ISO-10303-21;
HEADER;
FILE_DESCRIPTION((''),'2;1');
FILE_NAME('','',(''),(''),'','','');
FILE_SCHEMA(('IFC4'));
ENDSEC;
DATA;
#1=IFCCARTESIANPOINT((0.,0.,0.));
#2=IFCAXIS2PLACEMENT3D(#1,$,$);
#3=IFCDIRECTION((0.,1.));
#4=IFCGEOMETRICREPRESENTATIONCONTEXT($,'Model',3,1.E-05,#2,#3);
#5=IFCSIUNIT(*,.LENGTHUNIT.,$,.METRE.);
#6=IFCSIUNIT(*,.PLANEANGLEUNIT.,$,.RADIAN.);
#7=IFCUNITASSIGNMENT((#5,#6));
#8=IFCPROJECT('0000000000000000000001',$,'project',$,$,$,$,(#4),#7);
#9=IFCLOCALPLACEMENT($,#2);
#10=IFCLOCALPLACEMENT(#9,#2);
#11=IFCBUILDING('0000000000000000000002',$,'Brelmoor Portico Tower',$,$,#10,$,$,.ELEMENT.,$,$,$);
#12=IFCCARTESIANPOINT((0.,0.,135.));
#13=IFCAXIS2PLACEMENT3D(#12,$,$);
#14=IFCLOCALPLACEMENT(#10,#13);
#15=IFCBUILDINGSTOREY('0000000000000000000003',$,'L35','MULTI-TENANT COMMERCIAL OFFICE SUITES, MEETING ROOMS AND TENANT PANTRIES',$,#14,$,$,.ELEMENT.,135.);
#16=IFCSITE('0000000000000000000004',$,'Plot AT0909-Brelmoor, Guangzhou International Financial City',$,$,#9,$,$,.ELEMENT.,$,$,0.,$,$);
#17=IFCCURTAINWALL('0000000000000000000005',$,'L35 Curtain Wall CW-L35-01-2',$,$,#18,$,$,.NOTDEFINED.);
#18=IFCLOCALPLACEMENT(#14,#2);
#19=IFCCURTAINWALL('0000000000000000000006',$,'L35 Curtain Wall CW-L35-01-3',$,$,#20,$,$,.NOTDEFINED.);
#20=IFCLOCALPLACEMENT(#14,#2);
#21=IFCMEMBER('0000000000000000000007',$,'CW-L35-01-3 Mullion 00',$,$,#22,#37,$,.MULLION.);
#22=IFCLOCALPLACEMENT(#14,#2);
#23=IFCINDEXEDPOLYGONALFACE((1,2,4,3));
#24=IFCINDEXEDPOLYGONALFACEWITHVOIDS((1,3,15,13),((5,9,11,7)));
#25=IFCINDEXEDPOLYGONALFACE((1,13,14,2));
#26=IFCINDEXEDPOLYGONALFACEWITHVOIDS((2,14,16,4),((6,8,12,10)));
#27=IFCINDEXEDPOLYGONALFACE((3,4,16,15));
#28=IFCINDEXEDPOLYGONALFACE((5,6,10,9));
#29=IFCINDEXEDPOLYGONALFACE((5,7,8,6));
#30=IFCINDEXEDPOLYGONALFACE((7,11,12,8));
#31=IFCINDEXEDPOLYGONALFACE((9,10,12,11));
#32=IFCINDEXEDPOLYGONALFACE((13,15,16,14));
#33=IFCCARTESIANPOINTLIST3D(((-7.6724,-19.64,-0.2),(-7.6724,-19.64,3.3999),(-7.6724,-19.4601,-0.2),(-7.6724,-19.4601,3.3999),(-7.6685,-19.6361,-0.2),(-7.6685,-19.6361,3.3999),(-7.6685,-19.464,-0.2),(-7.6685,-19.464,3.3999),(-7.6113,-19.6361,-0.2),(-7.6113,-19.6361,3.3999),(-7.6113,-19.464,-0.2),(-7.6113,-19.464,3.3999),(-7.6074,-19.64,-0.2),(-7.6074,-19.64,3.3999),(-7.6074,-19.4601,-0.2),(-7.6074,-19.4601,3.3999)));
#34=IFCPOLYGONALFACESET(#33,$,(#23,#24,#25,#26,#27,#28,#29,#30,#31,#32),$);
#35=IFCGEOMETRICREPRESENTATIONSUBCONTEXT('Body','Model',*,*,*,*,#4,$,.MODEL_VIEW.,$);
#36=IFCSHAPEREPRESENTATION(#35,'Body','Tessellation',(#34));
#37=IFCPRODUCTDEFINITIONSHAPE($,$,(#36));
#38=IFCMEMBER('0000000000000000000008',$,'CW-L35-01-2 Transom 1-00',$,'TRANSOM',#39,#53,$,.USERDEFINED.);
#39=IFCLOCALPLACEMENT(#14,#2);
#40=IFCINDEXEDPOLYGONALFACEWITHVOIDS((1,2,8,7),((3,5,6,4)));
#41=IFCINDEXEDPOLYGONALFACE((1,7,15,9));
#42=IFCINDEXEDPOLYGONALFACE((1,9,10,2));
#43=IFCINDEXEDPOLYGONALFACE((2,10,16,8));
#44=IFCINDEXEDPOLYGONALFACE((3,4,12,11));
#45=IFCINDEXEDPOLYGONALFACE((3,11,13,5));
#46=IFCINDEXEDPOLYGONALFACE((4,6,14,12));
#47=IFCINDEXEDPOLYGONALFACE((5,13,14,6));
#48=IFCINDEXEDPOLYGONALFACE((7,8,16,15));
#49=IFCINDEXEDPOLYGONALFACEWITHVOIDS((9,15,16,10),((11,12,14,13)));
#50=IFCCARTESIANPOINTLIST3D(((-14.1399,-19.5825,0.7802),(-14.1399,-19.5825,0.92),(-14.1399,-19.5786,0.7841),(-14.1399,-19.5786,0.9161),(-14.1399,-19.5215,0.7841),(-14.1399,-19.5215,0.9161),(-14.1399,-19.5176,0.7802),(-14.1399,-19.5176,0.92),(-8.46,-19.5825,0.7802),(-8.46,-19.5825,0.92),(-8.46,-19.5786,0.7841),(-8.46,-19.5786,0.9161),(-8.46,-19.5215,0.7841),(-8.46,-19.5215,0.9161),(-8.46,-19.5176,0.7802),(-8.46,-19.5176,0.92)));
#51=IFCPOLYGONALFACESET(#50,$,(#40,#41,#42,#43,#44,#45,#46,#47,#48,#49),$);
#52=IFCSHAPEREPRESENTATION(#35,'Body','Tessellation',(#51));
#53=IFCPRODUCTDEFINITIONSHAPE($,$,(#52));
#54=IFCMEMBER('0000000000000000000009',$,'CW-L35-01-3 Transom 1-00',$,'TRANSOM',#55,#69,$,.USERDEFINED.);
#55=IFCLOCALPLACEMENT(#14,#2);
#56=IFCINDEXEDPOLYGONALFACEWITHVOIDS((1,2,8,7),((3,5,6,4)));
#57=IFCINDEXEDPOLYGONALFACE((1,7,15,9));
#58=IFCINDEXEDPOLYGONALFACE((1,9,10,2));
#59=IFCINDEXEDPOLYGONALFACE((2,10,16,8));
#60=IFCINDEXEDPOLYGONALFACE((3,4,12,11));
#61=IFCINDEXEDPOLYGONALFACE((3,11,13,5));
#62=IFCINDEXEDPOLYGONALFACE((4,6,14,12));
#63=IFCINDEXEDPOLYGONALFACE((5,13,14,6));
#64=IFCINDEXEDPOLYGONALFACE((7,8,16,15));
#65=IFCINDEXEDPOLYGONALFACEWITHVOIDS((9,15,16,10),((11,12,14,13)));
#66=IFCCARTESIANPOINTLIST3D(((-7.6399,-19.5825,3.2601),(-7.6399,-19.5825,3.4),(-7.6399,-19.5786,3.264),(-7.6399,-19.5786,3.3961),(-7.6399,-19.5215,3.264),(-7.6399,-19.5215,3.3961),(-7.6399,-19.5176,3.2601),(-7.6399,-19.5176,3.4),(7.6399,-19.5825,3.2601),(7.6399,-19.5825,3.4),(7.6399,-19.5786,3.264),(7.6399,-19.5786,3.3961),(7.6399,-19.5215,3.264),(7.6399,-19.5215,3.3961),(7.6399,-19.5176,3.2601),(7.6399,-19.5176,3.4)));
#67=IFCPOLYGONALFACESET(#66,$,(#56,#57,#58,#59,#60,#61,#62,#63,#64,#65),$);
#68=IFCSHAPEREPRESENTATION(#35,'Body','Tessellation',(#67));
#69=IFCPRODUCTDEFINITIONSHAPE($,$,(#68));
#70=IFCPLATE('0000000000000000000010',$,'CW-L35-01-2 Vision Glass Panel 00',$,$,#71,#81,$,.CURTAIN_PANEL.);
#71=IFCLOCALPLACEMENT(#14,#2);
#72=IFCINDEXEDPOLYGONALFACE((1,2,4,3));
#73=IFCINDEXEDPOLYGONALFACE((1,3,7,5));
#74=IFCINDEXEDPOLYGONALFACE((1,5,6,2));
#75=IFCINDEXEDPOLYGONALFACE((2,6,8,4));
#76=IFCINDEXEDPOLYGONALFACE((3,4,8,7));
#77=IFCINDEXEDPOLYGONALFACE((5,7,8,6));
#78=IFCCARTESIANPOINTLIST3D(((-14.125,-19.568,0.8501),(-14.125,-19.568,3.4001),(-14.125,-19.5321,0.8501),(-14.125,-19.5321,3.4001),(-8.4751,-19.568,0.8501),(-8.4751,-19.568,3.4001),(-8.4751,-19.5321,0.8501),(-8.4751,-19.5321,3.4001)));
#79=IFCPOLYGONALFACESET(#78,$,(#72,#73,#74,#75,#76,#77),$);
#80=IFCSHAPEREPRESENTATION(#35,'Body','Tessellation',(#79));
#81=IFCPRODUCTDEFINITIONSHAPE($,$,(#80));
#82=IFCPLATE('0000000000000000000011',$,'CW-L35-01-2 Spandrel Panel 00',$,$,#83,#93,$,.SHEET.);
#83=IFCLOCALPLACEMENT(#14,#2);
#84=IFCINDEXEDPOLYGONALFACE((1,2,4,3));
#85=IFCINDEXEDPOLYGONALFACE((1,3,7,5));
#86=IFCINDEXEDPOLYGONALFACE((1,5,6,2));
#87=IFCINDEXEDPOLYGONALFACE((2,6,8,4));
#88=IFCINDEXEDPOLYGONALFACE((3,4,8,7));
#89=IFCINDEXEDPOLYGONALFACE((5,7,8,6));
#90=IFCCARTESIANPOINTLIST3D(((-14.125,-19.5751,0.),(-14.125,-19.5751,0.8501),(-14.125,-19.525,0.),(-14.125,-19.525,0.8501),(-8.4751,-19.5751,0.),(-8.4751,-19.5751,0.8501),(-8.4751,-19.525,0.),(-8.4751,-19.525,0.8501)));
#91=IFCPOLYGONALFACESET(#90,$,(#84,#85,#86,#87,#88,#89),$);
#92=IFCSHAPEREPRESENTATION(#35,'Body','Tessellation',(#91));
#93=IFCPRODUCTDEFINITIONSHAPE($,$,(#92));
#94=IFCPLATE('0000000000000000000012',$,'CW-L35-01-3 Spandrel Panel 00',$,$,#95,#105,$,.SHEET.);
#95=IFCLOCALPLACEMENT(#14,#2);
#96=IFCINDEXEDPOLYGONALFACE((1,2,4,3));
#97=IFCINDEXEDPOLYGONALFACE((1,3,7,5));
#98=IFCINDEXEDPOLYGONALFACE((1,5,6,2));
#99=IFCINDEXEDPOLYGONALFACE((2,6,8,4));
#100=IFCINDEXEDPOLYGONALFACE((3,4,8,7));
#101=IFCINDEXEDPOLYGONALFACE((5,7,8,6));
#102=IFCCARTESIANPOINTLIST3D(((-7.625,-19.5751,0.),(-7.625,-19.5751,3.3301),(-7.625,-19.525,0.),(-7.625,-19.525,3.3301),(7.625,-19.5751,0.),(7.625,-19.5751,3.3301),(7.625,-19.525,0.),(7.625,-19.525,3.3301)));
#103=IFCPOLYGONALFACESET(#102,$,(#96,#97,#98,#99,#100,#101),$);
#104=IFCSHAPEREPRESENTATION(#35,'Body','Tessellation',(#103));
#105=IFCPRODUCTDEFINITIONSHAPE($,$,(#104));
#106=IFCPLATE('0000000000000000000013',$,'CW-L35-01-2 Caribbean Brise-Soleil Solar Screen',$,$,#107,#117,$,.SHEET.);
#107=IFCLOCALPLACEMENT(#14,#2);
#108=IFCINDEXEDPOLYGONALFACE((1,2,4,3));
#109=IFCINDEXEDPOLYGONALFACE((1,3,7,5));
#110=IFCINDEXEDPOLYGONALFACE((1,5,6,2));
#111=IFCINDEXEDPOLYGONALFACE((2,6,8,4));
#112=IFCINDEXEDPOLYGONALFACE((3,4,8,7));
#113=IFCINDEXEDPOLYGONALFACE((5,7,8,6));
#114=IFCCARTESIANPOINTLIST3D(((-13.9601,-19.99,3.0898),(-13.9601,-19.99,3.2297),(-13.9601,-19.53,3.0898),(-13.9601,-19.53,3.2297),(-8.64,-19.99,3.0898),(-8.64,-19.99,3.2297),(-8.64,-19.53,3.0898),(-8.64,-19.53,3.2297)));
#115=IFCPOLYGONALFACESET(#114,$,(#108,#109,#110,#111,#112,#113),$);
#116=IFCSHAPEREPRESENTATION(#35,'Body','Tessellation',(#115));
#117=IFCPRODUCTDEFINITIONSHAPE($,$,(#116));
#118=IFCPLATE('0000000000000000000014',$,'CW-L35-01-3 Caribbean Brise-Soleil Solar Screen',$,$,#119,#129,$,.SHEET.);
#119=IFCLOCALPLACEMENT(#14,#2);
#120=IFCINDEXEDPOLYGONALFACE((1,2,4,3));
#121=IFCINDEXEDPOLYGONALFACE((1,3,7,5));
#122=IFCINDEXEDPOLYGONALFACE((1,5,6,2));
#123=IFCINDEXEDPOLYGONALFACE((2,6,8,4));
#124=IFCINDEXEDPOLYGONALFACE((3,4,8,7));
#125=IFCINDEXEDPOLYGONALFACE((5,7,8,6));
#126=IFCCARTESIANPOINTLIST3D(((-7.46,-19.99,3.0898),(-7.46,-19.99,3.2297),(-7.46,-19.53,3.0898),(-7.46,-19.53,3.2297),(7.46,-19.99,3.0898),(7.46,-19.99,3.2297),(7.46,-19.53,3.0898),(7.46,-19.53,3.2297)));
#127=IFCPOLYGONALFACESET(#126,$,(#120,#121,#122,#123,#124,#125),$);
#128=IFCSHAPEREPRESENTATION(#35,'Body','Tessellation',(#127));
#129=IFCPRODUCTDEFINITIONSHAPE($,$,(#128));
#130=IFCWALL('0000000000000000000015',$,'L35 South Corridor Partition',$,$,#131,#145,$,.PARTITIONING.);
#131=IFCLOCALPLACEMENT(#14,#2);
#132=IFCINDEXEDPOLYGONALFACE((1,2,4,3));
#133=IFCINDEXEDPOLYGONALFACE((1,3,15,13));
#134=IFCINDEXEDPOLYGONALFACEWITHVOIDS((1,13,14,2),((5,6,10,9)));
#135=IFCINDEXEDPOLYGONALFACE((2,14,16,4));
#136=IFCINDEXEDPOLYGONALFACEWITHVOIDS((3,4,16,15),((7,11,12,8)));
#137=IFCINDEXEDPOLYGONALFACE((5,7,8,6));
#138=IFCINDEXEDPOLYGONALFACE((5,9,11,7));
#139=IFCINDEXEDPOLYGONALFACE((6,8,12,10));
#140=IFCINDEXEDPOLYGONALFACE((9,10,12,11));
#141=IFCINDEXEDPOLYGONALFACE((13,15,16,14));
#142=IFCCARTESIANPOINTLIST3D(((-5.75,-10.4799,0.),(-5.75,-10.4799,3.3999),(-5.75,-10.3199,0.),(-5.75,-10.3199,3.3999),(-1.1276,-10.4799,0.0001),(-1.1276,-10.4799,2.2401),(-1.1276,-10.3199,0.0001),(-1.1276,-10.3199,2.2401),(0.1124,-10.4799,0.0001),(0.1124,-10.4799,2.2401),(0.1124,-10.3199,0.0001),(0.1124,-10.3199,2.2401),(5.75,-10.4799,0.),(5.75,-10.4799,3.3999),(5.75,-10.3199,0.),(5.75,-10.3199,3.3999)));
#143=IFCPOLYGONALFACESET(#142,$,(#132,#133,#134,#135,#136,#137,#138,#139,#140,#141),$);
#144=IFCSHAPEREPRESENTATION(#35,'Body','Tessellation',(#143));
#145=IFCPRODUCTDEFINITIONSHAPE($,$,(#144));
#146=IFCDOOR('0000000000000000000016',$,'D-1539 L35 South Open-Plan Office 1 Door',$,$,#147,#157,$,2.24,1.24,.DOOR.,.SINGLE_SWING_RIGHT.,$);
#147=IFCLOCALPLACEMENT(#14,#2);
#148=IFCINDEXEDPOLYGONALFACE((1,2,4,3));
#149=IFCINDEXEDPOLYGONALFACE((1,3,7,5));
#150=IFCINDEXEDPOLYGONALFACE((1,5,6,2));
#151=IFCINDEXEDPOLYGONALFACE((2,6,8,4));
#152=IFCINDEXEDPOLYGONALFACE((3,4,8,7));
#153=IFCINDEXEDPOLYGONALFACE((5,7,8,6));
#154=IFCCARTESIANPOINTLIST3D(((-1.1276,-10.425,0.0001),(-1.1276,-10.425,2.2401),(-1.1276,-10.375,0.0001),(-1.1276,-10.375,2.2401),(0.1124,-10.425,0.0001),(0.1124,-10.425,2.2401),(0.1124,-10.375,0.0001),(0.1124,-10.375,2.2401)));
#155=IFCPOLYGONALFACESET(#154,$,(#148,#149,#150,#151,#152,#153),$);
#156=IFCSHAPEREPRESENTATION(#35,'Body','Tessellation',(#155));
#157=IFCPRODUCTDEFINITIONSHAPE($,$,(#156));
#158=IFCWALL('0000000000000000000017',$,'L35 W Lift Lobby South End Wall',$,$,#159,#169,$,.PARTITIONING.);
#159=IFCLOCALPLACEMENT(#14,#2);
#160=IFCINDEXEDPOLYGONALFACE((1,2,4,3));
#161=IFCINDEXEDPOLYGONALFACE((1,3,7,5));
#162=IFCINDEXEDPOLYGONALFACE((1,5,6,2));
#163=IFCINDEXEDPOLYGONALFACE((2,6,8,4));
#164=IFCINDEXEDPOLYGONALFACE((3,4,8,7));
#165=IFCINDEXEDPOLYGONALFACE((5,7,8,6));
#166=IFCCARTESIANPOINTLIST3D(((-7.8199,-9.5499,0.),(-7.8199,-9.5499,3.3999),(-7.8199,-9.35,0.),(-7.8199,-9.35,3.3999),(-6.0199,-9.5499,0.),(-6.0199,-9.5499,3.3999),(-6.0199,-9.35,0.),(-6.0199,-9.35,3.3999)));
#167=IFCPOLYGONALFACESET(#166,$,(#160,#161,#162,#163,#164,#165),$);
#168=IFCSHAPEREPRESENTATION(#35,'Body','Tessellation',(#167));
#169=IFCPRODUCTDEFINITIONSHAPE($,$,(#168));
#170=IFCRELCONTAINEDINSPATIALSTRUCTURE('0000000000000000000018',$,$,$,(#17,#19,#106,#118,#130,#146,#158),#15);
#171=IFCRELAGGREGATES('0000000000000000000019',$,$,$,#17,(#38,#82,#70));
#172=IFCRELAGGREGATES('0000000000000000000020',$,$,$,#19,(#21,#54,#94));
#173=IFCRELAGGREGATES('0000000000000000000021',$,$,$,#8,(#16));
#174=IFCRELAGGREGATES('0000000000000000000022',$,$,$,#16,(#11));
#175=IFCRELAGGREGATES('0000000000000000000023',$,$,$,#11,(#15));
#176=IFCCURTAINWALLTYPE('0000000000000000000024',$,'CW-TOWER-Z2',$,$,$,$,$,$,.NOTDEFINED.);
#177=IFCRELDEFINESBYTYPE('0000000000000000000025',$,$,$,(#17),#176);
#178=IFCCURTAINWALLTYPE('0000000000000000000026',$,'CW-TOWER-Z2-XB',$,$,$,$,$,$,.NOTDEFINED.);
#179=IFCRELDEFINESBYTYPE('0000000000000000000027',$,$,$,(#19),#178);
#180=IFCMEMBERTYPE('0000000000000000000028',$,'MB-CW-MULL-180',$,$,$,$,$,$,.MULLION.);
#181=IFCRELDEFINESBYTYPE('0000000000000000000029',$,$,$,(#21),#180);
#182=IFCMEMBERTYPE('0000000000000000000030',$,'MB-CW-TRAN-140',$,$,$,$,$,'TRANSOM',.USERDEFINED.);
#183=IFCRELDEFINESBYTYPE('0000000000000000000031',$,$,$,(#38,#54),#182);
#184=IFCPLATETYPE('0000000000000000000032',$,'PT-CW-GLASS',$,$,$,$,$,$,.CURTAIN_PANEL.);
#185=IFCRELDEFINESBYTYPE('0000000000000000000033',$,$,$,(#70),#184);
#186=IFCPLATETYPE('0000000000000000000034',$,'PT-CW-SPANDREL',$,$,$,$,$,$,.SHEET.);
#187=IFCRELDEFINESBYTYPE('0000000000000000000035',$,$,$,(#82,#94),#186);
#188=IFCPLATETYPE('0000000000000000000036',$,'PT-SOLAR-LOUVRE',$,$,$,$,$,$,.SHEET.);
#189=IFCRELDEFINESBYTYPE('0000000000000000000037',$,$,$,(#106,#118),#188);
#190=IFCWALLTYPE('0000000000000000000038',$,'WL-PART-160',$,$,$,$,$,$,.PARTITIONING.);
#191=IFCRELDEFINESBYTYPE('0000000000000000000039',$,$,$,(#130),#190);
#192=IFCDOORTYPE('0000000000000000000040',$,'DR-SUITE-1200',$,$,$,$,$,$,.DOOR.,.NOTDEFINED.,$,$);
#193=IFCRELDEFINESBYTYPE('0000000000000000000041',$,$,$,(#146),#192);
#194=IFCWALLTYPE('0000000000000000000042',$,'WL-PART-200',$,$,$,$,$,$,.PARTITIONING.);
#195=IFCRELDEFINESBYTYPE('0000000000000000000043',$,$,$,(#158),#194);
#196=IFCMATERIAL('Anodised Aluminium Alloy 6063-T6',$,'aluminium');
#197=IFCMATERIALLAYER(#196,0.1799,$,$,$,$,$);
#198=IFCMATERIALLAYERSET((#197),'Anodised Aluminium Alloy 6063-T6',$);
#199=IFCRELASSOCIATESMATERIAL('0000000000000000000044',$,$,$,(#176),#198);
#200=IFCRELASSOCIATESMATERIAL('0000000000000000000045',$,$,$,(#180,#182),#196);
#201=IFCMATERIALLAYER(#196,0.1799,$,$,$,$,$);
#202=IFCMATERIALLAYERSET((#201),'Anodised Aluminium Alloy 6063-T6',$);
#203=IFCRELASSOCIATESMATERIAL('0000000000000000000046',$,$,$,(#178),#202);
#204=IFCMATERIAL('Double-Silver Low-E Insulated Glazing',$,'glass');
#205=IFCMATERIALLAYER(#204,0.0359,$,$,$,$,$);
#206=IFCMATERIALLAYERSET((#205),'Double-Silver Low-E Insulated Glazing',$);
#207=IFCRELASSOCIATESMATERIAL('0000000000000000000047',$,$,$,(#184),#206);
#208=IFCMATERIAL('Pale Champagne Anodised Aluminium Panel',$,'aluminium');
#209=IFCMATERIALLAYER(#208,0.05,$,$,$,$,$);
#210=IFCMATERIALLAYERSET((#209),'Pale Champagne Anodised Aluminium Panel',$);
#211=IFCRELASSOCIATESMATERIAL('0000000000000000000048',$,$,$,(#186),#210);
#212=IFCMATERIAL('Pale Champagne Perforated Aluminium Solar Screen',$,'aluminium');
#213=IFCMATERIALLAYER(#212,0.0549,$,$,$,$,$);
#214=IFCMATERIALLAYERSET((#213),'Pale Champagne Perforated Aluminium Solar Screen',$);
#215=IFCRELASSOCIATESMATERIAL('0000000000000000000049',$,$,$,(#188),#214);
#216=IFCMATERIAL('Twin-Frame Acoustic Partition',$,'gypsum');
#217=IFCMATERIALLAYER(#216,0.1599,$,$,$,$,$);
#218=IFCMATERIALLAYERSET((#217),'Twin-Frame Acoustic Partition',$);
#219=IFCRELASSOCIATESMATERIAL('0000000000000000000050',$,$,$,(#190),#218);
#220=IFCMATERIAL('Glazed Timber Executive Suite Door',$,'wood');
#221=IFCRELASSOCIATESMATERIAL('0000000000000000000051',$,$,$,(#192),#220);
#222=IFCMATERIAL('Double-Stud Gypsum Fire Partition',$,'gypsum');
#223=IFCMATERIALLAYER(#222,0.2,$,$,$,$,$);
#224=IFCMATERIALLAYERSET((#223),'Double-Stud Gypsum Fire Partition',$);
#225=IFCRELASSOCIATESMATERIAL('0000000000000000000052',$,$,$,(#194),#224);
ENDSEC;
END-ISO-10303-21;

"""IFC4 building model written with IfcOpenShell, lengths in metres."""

from ifc_helpers import new_model, si_unit, direction, frame, frame_2d, origin, origin_2d, place, context, subcontext, project, spatial, rectangle, hollow_rectangle, extrude, material, layer, layer_set, material_profile, profile_set, type_object, element, fill, aggregate, save


model = new_model("IFC4")

# Units and contexts
model_context = context("Model", 3, precision=1e-05, world=origin(), true_north=direction((0.0, 1.0)))
body_context = subcontext(model_context, "Body", "Model", "MODEL_VIEW")
ifc_project = project(units=[si_unit("LENGTHUNIT", "METRE"), si_unit("PLANEANGLEUNIT", "RADIAN")], contexts=[model_context])

# Site, building, storey
site_placement = place(None, origin())
site = spatial("IfcSite", under=ifc_project, at=site_placement, Name="Plot AT0909-Brelmoor, Guangzhou International Financial City", CompositionType="ELEMENT", RefElevation=0.0)
building_placement = place(site_placement, origin())
building = spatial("IfcBuilding", under=site, at=building_placement, Name="Brelmoor Portico Tower", CompositionType="ELEMENT")
storey_placement = place(building_placement, frame((0.0, 0.0, 135.0)))
storey = spatial("IfcBuildingStorey", under=building, at=storey_placement, Name="L35", Description="MULTI-TENANT COMMERCIAL OFFICE SUITES, MEETING ROOMS AND TENANT PANTRIES", CompositionType="ELEMENT", Elevation=135.0)

# Curtain wall
ifc_material_1 = material(Name="Anodised Aluminium Alloy 6063-T6", Category="aluminium")
ifc_layer_1 = layer(ifc_material_1, 0.1799)
ifc_layer_set_1 = layer_set([ifc_layer_1], Name="Anodised Aluminium Alloy 6063-T6")
curtain_wall_type_1 = type_object("IfcCurtainWallType", Name="CW-TOWER-Z2", PredefinedType="NOTDEFINED", material=ifc_layer_set_1)
curtain_wall_1_placement = place(storey_placement, origin())
curtain_wall_1 = element("IfcCurtainWall", 1, at=curtain_wall_1_placement, inside=storey, type_object=curtain_wall_type_1, Name="L35 Curtain Wall CW-L35-01-2", PredefinedType="NOTDEFINED")
ifc_material_profile_1 = material_profile(ifc_material_1, hollow_rectangle(XDim=0.0649, YDim=0.1799, WallThickness=0.0039, at=origin_2d()), Name="ALU MULLION 65x180")
ifc_profile_set_1 = profile_set([ifc_material_profile_1], Name="Anodised Aluminium Alloy 6063-T6")
member_type_1 = type_object("IfcMemberType", Name="MB-CW-MULL-180", PredefinedType="MULLION", material=ifc_profile_set_1)

# Curtain wall, member
ifc_layer_2 = layer(ifc_material_1, 0.1799)
ifc_layer_set_2 = layer_set([ifc_layer_2], Name="Anodised Aluminium Alloy 6063-T6")
curtain_wall_type_2 = type_object("IfcCurtainWallType", Name="CW-TOWER-Z2-XB", PredefinedType="NOTDEFINED", material=ifc_layer_set_2)
curtain_wall_2_placement = place(storey_placement, origin())
curtain_wall_2 = element("IfcCurtainWall", 2, at=curtain_wall_2_placement, inside=storey, type_object=curtain_wall_type_2, Name="L35 Curtain Wall CW-L35-01-3", PredefinedType="NOTDEFINED")
member_1_placement = place(storey_placement, frame((-7.6399, -19.55, -0.2), z_axis=(0.0, 0.0, 1.0), x_axis=(1.0, 0.0, 0.0)))
member_1 = element("IfcMember", 3, at=member_1_placement, type_object=member_type_1, Name="CW-L35-01-3 Mullion 00", PredefinedType="MULLION", context=body_context, shape_type="SweptSolid", body=[
    extrude(hollow_rectangle(XDim=0.0649, YDim=0.1799, WallThickness=0.0039, at=origin_2d()), origin(), (0.0, 0.0, 1.0), 3.5999),
])

# Members
ifc_material_profile_2 = material_profile(ifc_material_1, hollow_rectangle(XDim=0.0649, YDim=0.1399, WallThickness=0.0039, at=origin_2d()), Name="ALU TRANSOM 65x140")
ifc_profile_set_2 = profile_set([ifc_material_profile_2], Name="Anodised Aluminium Alloy 6063-T6")
member_type_2 = type_object("IfcMemberType", Name="MB-CW-TRAN-140", ElementType="TRANSOM", PredefinedType="USERDEFINED", material=ifc_profile_set_2)
member_2_placement = place(storey_placement, frame((-14.1399, -19.55, 0.8501), z_axis=(1.0, 0.0, 0.0), x_axis=(0.0, 1.0, 0.0)))
member_2 = element("IfcMember", 4, at=member_2_placement, type_object=member_type_2, Name="CW-L35-01-2 Transom 1-00", ObjectType="TRANSOM", PredefinedType="USERDEFINED", context=body_context, shape_type="SweptSolid", body=[
    extrude(hollow_rectangle(XDim=0.0649, YDim=0.1399, WallThickness=0.0039, at=origin_2d()), origin(), (0.0, 0.0, 1.0), 5.6799),
])
member_3_placement = place(storey_placement, frame((-7.6399, -19.55, 3.3301), z_axis=(1.0, 0.0, 0.0), x_axis=(0.0, 1.0, 0.0)))
member_3 = element("IfcMember", 5, at=member_3_placement, type_object=member_type_2, Name="CW-L35-01-3 Transom 1-00", ObjectType="TRANSOM", PredefinedType="USERDEFINED", context=body_context, shape_type="SweptSolid", body=[
    extrude(hollow_rectangle(XDim=0.0649, YDim=0.1399, WallThickness=0.0039, at=origin_2d()), origin(), (0.0, 0.0, 1.0), 15.2798),
])

# Plates
ifc_material_2 = material(Name="Double-Silver Low-E Insulated Glazing", Category="glass")
ifc_layer_3 = layer(ifc_material_2, 0.0359)
ifc_layer_set_3 = layer_set([ifc_layer_3], Name="Double-Silver Low-E Insulated Glazing")
plate_type_1 = type_object("IfcPlateType", Name="PT-CW-GLASS", PredefinedType="CURTAIN_PANEL", material=ifc_layer_set_3)
plate_1_placement = place(storey_placement, frame((-11.3, -19.55, 0.8501), z_axis=(0.0, 0.0, 1.0), x_axis=(1.0, 0.0, 0.0)))
plate_1 = element("IfcPlate", 6, at=plate_1_placement, type_object=plate_type_1, Name="CW-L35-01-2 Vision Glass Panel 00", PredefinedType="CURTAIN_PANEL", context=body_context, shape_type="SweptSolid", body=[
    extrude(rectangle(XDim=5.6499, YDim=0.0359, at=origin_2d()), origin(), (0.0, 0.0, 1.0), 2.55),
])
ifc_material_3 = material(Name="Pale Champagne Anodised Aluminium Panel", Category="aluminium")
ifc_layer_4 = layer(ifc_material_3, 0.05)
ifc_layer_set_4 = layer_set([ifc_layer_4], Name="Pale Champagne Anodised Aluminium Panel")
plate_type_2 = type_object("IfcPlateType", Name="PT-CW-SPANDREL", PredefinedType="SHEET", material=ifc_layer_set_4)
plate_2_placement = place(storey_placement, frame((-11.3, -19.55, 0.0), z_axis=(0.0, 0.0, 1.0), x_axis=(1.0, 0.0, 0.0)))
plate_2 = element("IfcPlate", 7, at=plate_2_placement, type_object=plate_type_2, Name="CW-L35-01-2 Spandrel Panel 00", PredefinedType="SHEET", context=body_context, shape_type="SweptSolid", body=[
    extrude(rectangle(XDim=5.6499, YDim=0.05, at=origin_2d()), origin(), (0.0, 0.0, 1.0), 0.8501),
])
aggregate(curtain_wall_1, [member_2, plate_2, plate_1])
plate_3_placement = place(storey_placement, frame((0.0, -19.55, 0.0), z_axis=(0.0, 0.0, 1.0), x_axis=(1.0, 0.0, 0.0)))
plate_3 = element("IfcPlate", 8, at=plate_3_placement, type_object=plate_type_2, Name="CW-L35-01-3 Spandrel Panel 00", PredefinedType="SHEET", context=body_context, shape_type="SweptSolid", body=[
    extrude(rectangle(XDim=15.25, YDim=0.05, at=origin_2d()), origin(), (0.0, 0.0, 1.0), 3.3301),
])
aggregate(curtain_wall_2, [member_1, member_3, plate_3])

# Plates
ifc_material_4 = material(Name="Pale Champagne Perforated Aluminium Solar Screen", Category="aluminium")
ifc_layer_5 = layer(ifc_material_4, 0.0549)
ifc_layer_set_5 = layer_set([ifc_layer_5], Name="Pale Champagne Perforated Aluminium Solar Screen")
plate_type_3 = type_object("IfcPlateType", Name="PT-SOLAR-LOUVRE", PredefinedType="SHEET", material=ifc_layer_set_5)
plate_4_placement = place(storey_placement, frame((-11.3, -19.76, 3.0898), z_axis=(0.0, 0.0, 1.0), x_axis=(1.0, 0.0, 0.0)))
element("IfcPlate", 9, at=plate_4_placement, inside=storey, type_object=plate_type_3, Name="CW-L35-01-2 Caribbean Brise-Soleil Solar Screen", PredefinedType="SHEET", context=body_context, shape_type="SweptSolid", body=[
    extrude(rectangle(XDim=5.3201, YDim=0.46, at=origin_2d()), origin(), (0.0, 0.0, 1.0), 0.1399),
])
plate_5_placement = place(storey_placement, frame((0.0, -19.76, 3.0898), z_axis=(0.0, 0.0, 1.0), x_axis=(1.0, 0.0, 0.0)))
element("IfcPlate", 10, at=plate_5_placement, inside=storey, type_object=plate_type_3, Name="CW-L35-01-3 Caribbean Brise-Soleil Solar Screen", PredefinedType="SHEET", context=body_context, shape_type="SweptSolid", body=[
    extrude(rectangle(XDim=14.9199, YDim=0.46, at=origin_2d()), origin(), (0.0, 0.0, 1.0), 0.1399),
])

# Wall, opening, door
ifc_material_5 = material(Name="Twin-Frame Acoustic Partition", Category="gypsum")
ifc_layer_6 = layer(ifc_material_5, 0.1599)
ifc_layer_set_6 = layer_set([ifc_layer_6], Name="Twin-Frame Acoustic Partition")
wall_type_1 = type_object("IfcWallType", Name="WL-PART-160", PredefinedType="PARTITIONING", material=ifc_layer_set_6)
wall_1_placement = place(storey_placement, frame((-5.75, -10.3999, 0.0), z_axis=(0.0, 0.0, 1.0), x_axis=(1.0, 0.0, 0.0)))
wall_1 = element("IfcWall", 11, at=wall_1_placement, inside=storey, type_object=wall_type_1, Name="L35 South Corridor Partition", PredefinedType="PARTITIONING", context=body_context, shape_type="SweptSolid", body=[
    extrude(rectangle(XDim=11.5, YDim=0.1599, at=frame_2d((5.75, 0.0))), origin(), (0.0, 0.0, 1.0), 3.3999),
])
opening_placement = place(wall_1_placement, frame((4.6223, 0.0, 0.0)))
opening = element("IfcOpeningElement", 12, at=opening_placement, cuts=wall_1, PredefinedType="OPENING", context=body_context, shape_type="SweptSolid", body=[
    extrude(rectangle(XDim=1.24, YDim=2.24, at=frame_2d((0.6201, 1.1201))), frame((0.0, 0.0898, 0.0), z_axis=(0.0, -1.0, 0.0), x_axis=(1.0, 0.0, 0.0)), (0.0, 0.0, 1.0), 0.1799),
])
ifc_material_6 = material(Name="Glazed Timber Executive Suite Door", Category="wood")
door_type = type_object("IfcDoorType", Name="DR-SUITE-1200", OperationType="NOTDEFINED", PredefinedType="DOOR", material=ifc_material_6)
door_placement = place(opening_placement, origin())
door = element("IfcDoor", 13, at=door_placement, inside=storey, type_object=door_type, Name="D-1539 L35 South Open-Plan Office 1 Door", OperationType="SINGLE_SWING_RIGHT", OverallHeight=2.24, OverallWidth=1.24, PredefinedType="DOOR", context=body_context, shape_type="SweptSolid", body=[
    extrude(rectangle(XDim=1.24, YDim=2.24, at=frame_2d((0.6201, 1.1201))), frame((0.0, 0.0249, 0.0), z_axis=(0.0, -1.0, 0.0), x_axis=(1.0, 0.0, 0.0)), (0.0, 0.0, 1.0), 0.05),
])
fill(opening, door)

# Wall
ifc_material_7 = material(Name="Double-Stud Gypsum Fire Partition", Category="gypsum")
ifc_layer_7 = layer(ifc_material_7, 0.2)
ifc_layer_set_7 = layer_set([ifc_layer_7], Name="Double-Stud Gypsum Fire Partition")
wall_type_2 = type_object("IfcWallType", Name="WL-PART-200", PredefinedType="PARTITIONING", material=ifc_layer_set_7)
wall_2_placement = place(storey_placement, frame((-6.02, -9.45, 0.0), z_axis=(0.0, 0.0, 1.0), x_axis=(-1.0, 0.0, 0.0)))
element("IfcWall", 14, at=wall_2_placement, inside=storey, type_object=wall_type_2, Name="L35 W Lift Lobby South End Wall", PredefinedType="PARTITIONING", context=body_context, shape_type="SweptSolid", body=[
    extrude(rectangle(XDim=1.8, YDim=0.2, at=frame_2d((0.8999, 0.0))), origin(), (0.0, 0.0, 1.0), 3.3999),
])

save(model, "model.ifc")
